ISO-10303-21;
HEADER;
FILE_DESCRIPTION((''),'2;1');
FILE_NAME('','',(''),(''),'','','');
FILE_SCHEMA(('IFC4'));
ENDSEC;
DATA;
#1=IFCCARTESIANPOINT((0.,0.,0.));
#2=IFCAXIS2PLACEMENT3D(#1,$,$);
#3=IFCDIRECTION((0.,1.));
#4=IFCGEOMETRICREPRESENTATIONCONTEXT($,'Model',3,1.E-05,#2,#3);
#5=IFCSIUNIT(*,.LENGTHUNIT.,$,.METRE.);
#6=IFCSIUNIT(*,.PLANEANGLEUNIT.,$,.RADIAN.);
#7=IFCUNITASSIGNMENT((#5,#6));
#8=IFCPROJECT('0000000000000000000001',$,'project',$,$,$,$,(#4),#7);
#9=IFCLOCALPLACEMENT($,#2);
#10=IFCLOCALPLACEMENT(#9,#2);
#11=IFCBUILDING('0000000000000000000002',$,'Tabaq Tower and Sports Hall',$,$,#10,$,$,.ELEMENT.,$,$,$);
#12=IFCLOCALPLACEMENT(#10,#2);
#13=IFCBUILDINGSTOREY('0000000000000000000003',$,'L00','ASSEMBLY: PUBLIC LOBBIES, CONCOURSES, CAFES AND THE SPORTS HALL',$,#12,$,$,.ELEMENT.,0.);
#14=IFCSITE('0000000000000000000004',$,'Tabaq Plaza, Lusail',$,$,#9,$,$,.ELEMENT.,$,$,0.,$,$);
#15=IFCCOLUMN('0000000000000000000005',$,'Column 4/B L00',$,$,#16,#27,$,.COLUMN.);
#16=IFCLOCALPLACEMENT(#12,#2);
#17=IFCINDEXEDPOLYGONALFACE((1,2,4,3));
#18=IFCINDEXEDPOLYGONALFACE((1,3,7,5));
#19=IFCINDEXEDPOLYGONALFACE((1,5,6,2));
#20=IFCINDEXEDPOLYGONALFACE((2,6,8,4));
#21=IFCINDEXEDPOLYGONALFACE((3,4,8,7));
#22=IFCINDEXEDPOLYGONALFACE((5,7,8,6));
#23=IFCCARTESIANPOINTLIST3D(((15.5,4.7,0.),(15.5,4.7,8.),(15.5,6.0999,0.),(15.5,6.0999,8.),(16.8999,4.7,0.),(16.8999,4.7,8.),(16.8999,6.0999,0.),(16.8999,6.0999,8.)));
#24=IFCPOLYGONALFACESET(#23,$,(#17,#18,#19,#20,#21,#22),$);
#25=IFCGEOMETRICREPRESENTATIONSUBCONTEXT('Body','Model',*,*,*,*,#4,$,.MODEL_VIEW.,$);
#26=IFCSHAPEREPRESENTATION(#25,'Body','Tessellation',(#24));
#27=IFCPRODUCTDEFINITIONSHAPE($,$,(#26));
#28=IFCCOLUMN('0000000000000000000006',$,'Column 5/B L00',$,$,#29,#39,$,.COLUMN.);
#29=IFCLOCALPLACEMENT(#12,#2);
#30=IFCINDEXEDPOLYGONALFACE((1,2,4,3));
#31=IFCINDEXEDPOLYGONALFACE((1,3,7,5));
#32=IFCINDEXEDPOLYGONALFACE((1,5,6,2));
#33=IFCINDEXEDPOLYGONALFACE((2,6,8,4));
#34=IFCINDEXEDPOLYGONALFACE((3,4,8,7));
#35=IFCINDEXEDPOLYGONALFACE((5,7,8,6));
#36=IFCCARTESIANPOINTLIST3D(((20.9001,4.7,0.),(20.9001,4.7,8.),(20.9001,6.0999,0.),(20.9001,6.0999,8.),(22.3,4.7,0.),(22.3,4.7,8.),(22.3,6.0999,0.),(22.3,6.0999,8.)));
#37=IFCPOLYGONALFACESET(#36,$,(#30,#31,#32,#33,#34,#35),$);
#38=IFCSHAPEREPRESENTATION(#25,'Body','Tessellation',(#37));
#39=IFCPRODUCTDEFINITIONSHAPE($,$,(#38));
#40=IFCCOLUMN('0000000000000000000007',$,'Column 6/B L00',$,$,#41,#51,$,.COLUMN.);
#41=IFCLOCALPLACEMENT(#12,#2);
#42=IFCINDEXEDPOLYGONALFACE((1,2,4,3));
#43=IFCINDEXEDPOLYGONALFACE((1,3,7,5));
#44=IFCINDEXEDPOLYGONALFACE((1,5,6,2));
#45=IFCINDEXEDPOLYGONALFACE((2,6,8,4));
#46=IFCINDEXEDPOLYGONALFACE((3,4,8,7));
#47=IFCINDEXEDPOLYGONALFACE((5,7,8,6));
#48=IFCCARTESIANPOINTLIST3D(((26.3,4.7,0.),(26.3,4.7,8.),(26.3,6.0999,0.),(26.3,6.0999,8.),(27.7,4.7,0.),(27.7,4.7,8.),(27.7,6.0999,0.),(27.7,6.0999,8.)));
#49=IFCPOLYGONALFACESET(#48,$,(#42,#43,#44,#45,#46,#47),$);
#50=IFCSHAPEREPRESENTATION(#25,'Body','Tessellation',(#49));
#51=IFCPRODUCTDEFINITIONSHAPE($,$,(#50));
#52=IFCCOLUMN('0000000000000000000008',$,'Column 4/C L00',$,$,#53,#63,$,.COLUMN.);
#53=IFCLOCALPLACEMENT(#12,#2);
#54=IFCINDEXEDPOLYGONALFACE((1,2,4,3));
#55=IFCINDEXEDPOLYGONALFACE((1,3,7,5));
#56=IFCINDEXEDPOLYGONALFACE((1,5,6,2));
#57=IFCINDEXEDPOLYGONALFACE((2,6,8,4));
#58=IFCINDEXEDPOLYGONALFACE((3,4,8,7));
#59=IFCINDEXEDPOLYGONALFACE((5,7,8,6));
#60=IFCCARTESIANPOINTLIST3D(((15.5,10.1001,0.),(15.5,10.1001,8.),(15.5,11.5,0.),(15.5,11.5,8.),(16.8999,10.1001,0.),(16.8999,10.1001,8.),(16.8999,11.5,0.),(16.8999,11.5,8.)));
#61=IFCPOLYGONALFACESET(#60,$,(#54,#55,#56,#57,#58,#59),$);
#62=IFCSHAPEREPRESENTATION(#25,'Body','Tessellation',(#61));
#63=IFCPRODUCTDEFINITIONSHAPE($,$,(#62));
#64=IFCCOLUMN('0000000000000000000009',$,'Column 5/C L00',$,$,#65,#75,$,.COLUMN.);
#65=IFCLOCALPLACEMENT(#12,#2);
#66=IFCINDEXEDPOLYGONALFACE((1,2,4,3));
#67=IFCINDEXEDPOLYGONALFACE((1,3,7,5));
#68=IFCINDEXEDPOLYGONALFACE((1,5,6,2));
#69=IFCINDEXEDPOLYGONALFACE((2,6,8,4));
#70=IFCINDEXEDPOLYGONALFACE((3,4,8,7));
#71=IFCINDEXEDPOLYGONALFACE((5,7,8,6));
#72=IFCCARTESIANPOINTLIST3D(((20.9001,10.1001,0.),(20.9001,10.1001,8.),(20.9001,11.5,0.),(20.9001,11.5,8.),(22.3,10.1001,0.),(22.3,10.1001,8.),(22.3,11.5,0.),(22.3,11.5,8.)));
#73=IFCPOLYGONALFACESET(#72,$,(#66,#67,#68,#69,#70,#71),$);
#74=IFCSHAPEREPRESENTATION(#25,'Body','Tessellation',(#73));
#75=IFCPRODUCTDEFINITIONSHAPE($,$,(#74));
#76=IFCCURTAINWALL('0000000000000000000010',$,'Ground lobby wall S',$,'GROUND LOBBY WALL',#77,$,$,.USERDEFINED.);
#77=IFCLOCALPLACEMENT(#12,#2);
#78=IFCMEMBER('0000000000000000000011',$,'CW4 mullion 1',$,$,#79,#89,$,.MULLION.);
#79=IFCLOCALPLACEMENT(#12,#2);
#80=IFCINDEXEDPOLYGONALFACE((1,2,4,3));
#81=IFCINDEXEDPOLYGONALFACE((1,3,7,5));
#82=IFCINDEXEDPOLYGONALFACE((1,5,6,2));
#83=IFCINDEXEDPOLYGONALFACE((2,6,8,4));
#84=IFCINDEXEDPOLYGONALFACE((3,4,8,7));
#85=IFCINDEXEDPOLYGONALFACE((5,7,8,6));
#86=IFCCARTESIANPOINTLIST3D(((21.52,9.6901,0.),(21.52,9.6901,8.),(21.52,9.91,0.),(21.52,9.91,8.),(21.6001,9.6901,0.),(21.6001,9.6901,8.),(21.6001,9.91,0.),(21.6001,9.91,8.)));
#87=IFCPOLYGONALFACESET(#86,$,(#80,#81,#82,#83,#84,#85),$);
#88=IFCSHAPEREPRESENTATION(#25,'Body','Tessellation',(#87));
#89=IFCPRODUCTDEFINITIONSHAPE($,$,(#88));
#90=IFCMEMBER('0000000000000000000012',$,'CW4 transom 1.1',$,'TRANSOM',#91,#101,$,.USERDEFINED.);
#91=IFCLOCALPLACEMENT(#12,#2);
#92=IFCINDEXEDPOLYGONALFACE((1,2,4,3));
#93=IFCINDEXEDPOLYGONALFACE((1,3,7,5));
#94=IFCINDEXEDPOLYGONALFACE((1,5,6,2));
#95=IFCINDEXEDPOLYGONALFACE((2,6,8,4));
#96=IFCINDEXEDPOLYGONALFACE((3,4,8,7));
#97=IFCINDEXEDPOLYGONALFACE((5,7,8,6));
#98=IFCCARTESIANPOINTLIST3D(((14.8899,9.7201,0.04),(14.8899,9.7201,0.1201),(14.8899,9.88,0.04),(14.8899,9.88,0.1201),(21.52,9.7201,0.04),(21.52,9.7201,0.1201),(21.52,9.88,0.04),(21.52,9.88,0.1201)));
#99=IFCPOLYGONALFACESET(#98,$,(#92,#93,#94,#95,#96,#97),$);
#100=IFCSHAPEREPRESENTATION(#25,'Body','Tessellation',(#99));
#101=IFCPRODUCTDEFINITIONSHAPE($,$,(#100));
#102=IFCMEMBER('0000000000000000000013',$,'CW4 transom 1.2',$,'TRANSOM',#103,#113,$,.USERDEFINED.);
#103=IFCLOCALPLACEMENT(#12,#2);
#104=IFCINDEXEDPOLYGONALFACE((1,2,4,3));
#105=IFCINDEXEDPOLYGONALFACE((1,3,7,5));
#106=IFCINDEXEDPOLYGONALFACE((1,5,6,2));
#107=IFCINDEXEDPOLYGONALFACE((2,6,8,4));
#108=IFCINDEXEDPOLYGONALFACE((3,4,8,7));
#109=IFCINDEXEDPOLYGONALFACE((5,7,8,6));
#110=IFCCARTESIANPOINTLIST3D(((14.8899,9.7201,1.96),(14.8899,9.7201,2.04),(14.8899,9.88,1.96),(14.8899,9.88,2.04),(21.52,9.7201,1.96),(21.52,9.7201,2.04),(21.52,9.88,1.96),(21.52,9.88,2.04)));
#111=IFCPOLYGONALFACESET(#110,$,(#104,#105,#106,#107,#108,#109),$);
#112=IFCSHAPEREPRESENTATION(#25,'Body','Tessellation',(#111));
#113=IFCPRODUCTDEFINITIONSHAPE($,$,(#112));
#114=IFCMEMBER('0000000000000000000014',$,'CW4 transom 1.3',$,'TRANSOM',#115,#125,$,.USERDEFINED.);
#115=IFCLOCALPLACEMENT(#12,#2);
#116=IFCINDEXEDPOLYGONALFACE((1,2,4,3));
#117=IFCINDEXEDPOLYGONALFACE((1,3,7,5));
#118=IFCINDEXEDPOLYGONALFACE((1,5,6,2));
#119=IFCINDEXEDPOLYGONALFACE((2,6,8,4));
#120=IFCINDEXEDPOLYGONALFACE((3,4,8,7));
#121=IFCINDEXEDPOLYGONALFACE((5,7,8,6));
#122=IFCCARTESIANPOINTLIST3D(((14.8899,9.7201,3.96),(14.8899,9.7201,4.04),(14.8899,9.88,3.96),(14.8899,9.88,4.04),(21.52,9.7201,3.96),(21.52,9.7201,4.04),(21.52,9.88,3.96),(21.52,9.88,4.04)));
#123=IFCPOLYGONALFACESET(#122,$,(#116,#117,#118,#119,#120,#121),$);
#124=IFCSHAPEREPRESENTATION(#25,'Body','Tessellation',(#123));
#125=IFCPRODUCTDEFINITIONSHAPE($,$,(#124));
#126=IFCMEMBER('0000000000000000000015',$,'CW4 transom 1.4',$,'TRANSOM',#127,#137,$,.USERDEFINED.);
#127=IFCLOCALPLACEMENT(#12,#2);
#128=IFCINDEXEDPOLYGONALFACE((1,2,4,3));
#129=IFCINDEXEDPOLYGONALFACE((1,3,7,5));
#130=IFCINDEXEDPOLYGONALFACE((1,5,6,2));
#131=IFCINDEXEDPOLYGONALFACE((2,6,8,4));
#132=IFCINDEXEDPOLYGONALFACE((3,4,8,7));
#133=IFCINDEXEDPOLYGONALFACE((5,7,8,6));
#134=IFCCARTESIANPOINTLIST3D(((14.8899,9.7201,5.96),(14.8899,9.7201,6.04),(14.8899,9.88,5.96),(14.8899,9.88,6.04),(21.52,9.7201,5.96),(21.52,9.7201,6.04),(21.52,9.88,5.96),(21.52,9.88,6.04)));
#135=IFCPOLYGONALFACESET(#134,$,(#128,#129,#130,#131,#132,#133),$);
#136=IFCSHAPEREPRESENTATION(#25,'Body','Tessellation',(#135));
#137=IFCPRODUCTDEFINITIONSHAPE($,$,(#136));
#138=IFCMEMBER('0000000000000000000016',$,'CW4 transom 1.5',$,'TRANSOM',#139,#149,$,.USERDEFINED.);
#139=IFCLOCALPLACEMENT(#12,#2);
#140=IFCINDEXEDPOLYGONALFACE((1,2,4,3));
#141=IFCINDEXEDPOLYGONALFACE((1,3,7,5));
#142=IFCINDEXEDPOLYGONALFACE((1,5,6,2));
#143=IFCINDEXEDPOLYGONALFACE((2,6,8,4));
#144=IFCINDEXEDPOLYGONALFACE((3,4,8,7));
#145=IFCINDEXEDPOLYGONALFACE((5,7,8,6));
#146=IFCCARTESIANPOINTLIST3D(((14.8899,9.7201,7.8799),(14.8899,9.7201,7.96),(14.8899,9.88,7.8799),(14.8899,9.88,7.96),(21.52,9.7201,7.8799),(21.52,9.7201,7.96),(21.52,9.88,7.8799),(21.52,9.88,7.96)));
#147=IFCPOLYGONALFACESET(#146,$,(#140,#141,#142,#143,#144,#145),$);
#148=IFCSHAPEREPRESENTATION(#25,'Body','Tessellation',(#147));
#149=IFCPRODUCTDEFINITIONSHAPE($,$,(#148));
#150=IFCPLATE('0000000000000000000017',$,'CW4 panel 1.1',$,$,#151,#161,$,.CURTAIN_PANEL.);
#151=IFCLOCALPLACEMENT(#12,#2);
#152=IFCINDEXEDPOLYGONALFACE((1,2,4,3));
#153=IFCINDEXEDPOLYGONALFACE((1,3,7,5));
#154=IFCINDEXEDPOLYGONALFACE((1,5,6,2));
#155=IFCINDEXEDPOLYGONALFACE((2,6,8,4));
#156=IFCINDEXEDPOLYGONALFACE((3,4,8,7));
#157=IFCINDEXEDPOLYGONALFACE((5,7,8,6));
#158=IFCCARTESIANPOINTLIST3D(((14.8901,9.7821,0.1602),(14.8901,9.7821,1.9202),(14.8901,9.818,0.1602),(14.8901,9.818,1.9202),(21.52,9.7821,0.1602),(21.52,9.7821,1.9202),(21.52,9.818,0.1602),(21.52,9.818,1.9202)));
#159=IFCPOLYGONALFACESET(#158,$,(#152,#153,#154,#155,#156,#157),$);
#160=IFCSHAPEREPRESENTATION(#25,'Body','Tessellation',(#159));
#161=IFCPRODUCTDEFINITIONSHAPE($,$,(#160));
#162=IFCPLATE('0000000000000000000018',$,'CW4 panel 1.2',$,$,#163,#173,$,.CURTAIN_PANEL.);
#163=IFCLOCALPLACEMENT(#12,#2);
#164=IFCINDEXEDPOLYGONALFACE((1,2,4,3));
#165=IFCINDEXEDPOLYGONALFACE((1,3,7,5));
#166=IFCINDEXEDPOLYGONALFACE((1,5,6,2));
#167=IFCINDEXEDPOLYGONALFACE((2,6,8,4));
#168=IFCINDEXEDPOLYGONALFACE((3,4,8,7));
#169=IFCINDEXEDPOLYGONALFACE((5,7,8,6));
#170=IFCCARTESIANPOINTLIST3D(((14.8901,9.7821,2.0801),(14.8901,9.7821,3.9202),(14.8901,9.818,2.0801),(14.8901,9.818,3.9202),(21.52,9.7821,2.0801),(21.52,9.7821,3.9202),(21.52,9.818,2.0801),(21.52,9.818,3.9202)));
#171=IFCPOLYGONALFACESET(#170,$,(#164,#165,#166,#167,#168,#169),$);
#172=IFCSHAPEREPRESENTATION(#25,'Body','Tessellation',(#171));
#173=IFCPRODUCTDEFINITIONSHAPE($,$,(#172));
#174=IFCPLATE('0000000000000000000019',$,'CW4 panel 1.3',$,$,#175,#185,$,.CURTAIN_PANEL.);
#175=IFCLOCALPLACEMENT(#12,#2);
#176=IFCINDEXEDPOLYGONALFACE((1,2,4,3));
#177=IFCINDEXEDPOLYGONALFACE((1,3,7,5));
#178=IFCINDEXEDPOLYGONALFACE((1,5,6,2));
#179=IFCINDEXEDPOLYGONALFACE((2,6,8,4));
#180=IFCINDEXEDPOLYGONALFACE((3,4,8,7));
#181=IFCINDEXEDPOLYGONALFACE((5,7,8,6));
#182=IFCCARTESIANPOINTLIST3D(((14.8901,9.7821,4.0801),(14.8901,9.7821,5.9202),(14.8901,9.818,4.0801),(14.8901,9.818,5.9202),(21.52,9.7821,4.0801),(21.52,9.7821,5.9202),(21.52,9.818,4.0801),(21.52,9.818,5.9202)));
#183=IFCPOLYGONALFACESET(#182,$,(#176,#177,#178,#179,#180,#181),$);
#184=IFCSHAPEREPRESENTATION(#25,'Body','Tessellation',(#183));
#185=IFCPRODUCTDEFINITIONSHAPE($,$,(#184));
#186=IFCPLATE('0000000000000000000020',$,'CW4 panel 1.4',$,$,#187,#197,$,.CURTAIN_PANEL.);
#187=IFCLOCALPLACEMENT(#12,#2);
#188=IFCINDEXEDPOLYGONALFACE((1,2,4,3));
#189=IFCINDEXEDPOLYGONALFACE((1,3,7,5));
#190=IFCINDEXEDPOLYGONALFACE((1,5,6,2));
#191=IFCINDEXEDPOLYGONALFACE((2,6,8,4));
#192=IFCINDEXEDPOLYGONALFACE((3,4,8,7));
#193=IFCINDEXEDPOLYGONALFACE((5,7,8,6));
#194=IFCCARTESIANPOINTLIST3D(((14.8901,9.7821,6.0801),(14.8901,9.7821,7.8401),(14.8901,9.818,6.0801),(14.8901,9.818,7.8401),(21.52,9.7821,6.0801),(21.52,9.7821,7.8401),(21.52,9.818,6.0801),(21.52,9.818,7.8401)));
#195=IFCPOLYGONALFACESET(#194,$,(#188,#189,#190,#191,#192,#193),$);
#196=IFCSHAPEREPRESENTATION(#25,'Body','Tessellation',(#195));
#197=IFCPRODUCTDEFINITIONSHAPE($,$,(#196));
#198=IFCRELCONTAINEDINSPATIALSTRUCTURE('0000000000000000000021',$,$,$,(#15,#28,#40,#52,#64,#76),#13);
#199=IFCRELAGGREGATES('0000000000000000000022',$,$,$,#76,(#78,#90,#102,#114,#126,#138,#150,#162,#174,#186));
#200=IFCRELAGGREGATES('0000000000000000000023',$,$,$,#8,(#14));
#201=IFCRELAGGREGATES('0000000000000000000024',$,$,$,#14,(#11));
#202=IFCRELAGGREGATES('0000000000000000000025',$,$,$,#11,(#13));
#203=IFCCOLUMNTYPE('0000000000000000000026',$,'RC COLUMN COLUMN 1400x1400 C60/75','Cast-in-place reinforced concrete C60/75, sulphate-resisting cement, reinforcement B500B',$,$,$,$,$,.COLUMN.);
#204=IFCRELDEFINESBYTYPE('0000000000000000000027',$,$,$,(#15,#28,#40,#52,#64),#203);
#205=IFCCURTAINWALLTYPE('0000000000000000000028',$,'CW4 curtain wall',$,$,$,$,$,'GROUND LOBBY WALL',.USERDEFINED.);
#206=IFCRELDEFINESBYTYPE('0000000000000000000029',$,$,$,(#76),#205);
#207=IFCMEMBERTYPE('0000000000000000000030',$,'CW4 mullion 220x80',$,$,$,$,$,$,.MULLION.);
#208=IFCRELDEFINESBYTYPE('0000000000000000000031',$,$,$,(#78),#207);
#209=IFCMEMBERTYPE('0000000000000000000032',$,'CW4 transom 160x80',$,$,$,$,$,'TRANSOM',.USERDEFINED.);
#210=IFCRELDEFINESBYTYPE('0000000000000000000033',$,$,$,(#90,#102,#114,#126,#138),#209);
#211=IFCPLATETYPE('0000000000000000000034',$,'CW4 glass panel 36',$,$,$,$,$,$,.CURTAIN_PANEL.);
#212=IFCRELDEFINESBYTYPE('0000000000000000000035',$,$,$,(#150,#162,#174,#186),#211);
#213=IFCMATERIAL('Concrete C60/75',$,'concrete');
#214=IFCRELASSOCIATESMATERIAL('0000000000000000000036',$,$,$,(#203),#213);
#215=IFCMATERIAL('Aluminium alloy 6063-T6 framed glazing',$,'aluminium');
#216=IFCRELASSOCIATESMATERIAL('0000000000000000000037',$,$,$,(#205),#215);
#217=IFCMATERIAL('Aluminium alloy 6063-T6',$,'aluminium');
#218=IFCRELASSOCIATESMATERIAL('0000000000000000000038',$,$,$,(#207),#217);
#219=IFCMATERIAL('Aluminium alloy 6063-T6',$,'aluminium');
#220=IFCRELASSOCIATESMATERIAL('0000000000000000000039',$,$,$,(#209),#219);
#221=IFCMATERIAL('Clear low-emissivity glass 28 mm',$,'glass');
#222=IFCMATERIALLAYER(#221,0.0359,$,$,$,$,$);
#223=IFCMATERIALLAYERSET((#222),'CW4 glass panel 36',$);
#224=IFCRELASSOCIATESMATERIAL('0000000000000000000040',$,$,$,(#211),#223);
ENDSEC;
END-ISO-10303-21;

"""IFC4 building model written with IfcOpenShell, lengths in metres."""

from ifc_helpers import new_model, si_unit, direction, frame, origin, origin_2d, place, context, subcontext, project, spatial, rectangle, extrude, material, layer, layer_set, material_profile, profile_set, type_object, element, aggregate, save


model = new_model("IFC4")

# Units and contexts
model_context = context("Model", 3, precision=1e-05, world=origin(), true_north=direction((0.0, 1.0)))
body_context = subcontext(model_context, "Body", "Model", "MODEL_VIEW")
ifc_project = project(units=[si_unit("LENGTHUNIT", "METRE"), si_unit("PLANEANGLEUNIT", "RADIAN")], contexts=[model_context])

# Site, building, storey
site_placement = place(None, origin())
site = spatial("IfcSite", under=ifc_project, at=site_placement, Name="Tabaq Plaza, Lusail", CompositionType="ELEMENT", RefElevation=0.0)
building_placement = place(site_placement, origin())
building = spatial("IfcBuilding", under=site, at=building_placement, Name="Tabaq Tower and Sports Hall", CompositionType="ELEMENT")
storey_placement = place(building_placement, origin())
storey = spatial("IfcBuildingStorey", under=building, at=storey_placement, Name="L00", Description="ASSEMBLY: PUBLIC LOBBIES, CONCOURSES, CAFES AND THE SPORTS HALL", CompositionType="ELEMENT", Elevation=0.0)

# Columns
ifc_material_1 = material(Name="Concrete C60/75", Category="concrete")
ifc_material_profile_1 = material_profile(ifc_material_1, rectangle(XDim=1.3999, YDim=1.3999, at=origin_2d()), Name="COLUMN 1400x1400")
ifc_profile_set_1 = profile_set([ifc_material_profile_1], Name="Concrete C60/75")
column_type = type_object("IfcColumnType", Name="RC COLUMN COLUMN 1400x1400 C60/75", Description="Cast-in-place reinforced concrete C60/75, sulphate-resisting cement, reinforcement B500B", PredefinedType="COLUMN", material=ifc_profile_set_1)
for number, where, z_axis, x_axis, name in (
    (1, (16.2, 5.3999, 0.0), (0.0, 0.0, 1.0), (1.0, 0.0, 0.0), "Column 4/B L00"),
    (2, (21.6001, 5.3999, 0.0), (0.0, 0.0, 1.0), (1.0, 0.0, 0.0), "Column 5/B L00"),
    (3, (27.0, 5.3999, 0.0), (0.0, 0.0, 1.0), (1.0, 0.0, 0.0), "Column 6/B L00"),
    (4, (16.2, 10.8, 0.0), (0.0, 0.0, 1.0), (1.0, 0.0, 0.0), "Column 4/C L00"),
    (5, (21.6001, 10.8, 0.0), (0.0, 0.0, 1.0), (1.0, 0.0, 0.0), "Column 5/C L00"),
):
    element("IfcColumn", number, at=place(storey_placement, frame(where, z_axis=z_axis, x_axis=x_axis)), inside=storey, type_object=column_type, Name=name, PredefinedType="COLUMN", context=body_context, shape_type="SweptSolid", body=[
        extrude(rectangle(XDim=1.3999, YDim=1.3999, at=origin_2d()), origin(), (0.0, 0.0, 1.0), 8.0),
    ])

# Curtain wall, members, plates
ifc_material_2 = material(Name="Aluminium alloy 6063-T6 framed glazing", Category="aluminium")
curtain_wall_type = type_object("IfcCurtainWallType", Name="CW4 curtain wall", ElementType="GROUND LOBBY WALL", PredefinedType="USERDEFINED", material=ifc_material_2)
curtain_wall_placement = place(storey_placement, origin())
curtain_wall = element("IfcCurtainWall", 6, at=curtain_wall_placement, inside=storey, type_object=curtain_wall_type, Name="Ground lobby wall S", ObjectType="GROUND LOBBY WALL", PredefinedType="USERDEFINED")
ifc_material_3 = material(Name="Aluminium alloy 6063-T6", Category="aluminium")
ifc_material_profile_2 = material_profile(ifc_material_3, rectangle(XDim=0.22, YDim=0.0801, at=origin_2d()), Name="MULLION 220x80")
ifc_profile_set_2 = profile_set([ifc_material_profile_2], Name="Aluminium alloy 6063-T6")
member_type_1 = type_object("IfcMemberType", Name="CW4 mullion 220x80", PredefinedType="MULLION", material=ifc_profile_set_2)
member_1_placement = place(storey_placement, frame((21.5601, 9.8, 0.0), z_axis=(0.0, 0.0, 1.0), x_axis=(0.0, -1.0, 0.0)))
member_1 = element("IfcMember", 7, at=member_1_placement, type_object=member_type_1, Name="CW4 mullion 1", PredefinedType="MULLION", context=body_context, shape_type="SweptSolid", body=[
    extrude(rectangle(XDim=0.22, YDim=0.0801, at=origin_2d()), origin(), (0.0, 0.0, 1.0), 8.0),
])
ifc_material_4 = material(Name="Aluminium alloy 6063-T6", Category="aluminium")
ifc_material_profile_3 = material_profile(ifc_material_4, rectangle(XDim=0.1599, YDim=0.0801, at=origin_2d()), Name="TRANSOM 160x80")
ifc_profile_set_3 = profile_set([ifc_material_profile_3], Name="Aluminium alloy 6063-T6")
member_type_2 = type_object("IfcMemberType", Name="CW4 transom 160x80", ElementType="TRANSOM", PredefinedType="USERDEFINED", material=ifc_profile_set_3)
member_2_placement = place(storey_placement, frame((21.52, 9.8, 0.0801), z_axis=(-1.0, 0.0, 0.0), x_axis=(0.0, -1.0, 0.0)))
member_2 = element("IfcMember", 8, at=member_2_placement, type_object=member_type_2, Name="CW4 transom 1.1", ObjectType="TRANSOM", PredefinedType="USERDEFINED", context=body_context, shape_type="SweptSolid", body=[
    extrude(rectangle(XDim=0.1599, YDim=0.0801, at=origin_2d()), origin(), (0.0, 0.0, 1.0), 6.6301),
])
member_3_placement = place(storey_placement, frame((21.52, 9.8, 2.0), z_axis=(-1.0, 0.0, 0.0), x_axis=(0.0, -1.0, 0.0)))
member_3 = element("IfcMember", 9, at=member_3_placement, type_object=member_type_2, Name="CW4 transom 1.2", ObjectType="TRANSOM", PredefinedType="USERDEFINED", context=body_context, shape_type="SweptSolid", body=[
    extrude(rectangle(XDim=0.1599, YDim=0.0801, at=origin_2d()), origin(), (0.0, 0.0, 1.0), 6.6301),
])
member_4_placement = place(storey_placement, frame((21.52, 9.8, 4.0), z_axis=(-1.0, 0.0, 0.0), x_axis=(0.0, -1.0, 0.0)))
member_4 = element("IfcMember", 10, at=member_4_placement, type_object=member_type_2, Name="CW4 transom 1.3", ObjectType="TRANSOM", PredefinedType="USERDEFINED", context=body_context, shape_type="SweptSolid", body=[
    extrude(rectangle(XDim=0.1599, YDim=0.0801, at=origin_2d()), origin(), (0.0, 0.0, 1.0), 6.6301),
])
member_5_placement = place(storey_placement, frame((21.52, 9.8, 6.0), z_axis=(-1.0, 0.0, 0.0), x_axis=(0.0, -1.0, 0.0)))
member_5 = element("IfcMember", 11, at=member_5_placement, type_object=member_type_2, Name="CW4 transom 1.4", ObjectType="TRANSOM", PredefinedType="USERDEFINED", context=body_context, shape_type="SweptSolid", body=[
    extrude(rectangle(XDim=0.1599, YDim=0.0801, at=origin_2d()), origin(), (0.0, 0.0, 1.0), 6.6301),
])
member_6_placement = place(storey_placement, frame((21.52, 9.8, 7.9199), z_axis=(-1.0, 0.0, 0.0), x_axis=(0.0, -1.0, 0.0)))
member_6 = element("IfcMember", 12, at=member_6_placement, type_object=member_type_2, Name="CW4 transom 1.5", ObjectType="TRANSOM", PredefinedType="USERDEFINED", context=body_context, shape_type="SweptSolid", body=[
    extrude(rectangle(XDim=0.1599, YDim=0.0801, at=origin_2d()), origin(), (0.0, 0.0, 1.0), 6.6301),
])
ifc_material_5 = material(Name="Clear low-emissivity glass 28 mm", Category="glass")
ifc_layer_1 = layer(ifc_material_5, 0.0359)
ifc_layer_set_1 = layer_set([ifc_layer_1], Name="CW4 glass panel 36")
plate_type = type_object("IfcPlateType", Name="CW4 glass panel 36", PredefinedType="CURTAIN_PANEL", material=ifc_layer_set_1)
plate_1_placement = place(storey_placement, frame((18.2051, 9.8, 0.1602), z_axis=(0.0, 0.0, 1.0), x_axis=(-1.0, 0.0, 0.0)))
plate_1 = element("IfcPlate", 13, at=plate_1_placement, type_object=plate_type, Name="CW4 panel 1.1", PredefinedType="CURTAIN_PANEL", context=body_context, shape_type="SweptSolid", body=[
    extrude(rectangle(XDim=6.6299, YDim=0.0359, at=origin_2d()), origin(), (0.0, 0.0, 1.0), 1.76),
])
plate_2_placement = place(storey_placement, frame((18.2051, 9.8, 2.0801), z_axis=(0.0, 0.0, 1.0), x_axis=(-1.0, 0.0, 0.0)))
plate_2 = element("IfcPlate", 14, at=plate_2_placement, type_object=plate_type, Name="CW4 panel 1.2", PredefinedType="CURTAIN_PANEL", context=body_context, shape_type="SweptSolid", body=[
    extrude(rectangle(XDim=6.6299, YDim=0.0359, at=origin_2d()), origin(), (0.0, 0.0, 1.0), 1.8401),
])
plate_3_placement = place(storey_placement, frame((18.2051, 9.8, 4.0801), z_axis=(0.0, 0.0, 1.0), x_axis=(-1.0, 0.0, 0.0)))
plate_3 = element("IfcPlate", 15, at=plate_3_placement, type_object=plate_type, Name="CW4 panel 1.3", PredefinedType="CURTAIN_PANEL", context=body_context, shape_type="SweptSolid", body=[
    extrude(rectangle(XDim=6.6299, YDim=0.0359, at=origin_2d()), origin(), (0.0, 0.0, 1.0), 1.8401),
])
plate_4_placement = place(storey_placement, frame((18.2051, 9.8, 6.0801), z_axis=(0.0, 0.0, 1.0), x_axis=(-1.0, 0.0, 0.0)))
plate_4 = element("IfcPlate", 16, at=plate_4_placement, type_object=plate_type, Name="CW4 panel 1.4", PredefinedType="CURTAIN_PANEL", context=body_context, shape_type="SweptSolid", body=[
    extrude(rectangle(XDim=6.6299, YDim=0.0359, at=origin_2d()), origin(), (0.0, 0.0, 1.0), 1.76),
])
aggregate(curtain_wall, [member_1, member_2, member_3, member_4, member_5, member_6, plate_1, plate_2, plate_3, plate_4])

save(model, "model.ifc")
